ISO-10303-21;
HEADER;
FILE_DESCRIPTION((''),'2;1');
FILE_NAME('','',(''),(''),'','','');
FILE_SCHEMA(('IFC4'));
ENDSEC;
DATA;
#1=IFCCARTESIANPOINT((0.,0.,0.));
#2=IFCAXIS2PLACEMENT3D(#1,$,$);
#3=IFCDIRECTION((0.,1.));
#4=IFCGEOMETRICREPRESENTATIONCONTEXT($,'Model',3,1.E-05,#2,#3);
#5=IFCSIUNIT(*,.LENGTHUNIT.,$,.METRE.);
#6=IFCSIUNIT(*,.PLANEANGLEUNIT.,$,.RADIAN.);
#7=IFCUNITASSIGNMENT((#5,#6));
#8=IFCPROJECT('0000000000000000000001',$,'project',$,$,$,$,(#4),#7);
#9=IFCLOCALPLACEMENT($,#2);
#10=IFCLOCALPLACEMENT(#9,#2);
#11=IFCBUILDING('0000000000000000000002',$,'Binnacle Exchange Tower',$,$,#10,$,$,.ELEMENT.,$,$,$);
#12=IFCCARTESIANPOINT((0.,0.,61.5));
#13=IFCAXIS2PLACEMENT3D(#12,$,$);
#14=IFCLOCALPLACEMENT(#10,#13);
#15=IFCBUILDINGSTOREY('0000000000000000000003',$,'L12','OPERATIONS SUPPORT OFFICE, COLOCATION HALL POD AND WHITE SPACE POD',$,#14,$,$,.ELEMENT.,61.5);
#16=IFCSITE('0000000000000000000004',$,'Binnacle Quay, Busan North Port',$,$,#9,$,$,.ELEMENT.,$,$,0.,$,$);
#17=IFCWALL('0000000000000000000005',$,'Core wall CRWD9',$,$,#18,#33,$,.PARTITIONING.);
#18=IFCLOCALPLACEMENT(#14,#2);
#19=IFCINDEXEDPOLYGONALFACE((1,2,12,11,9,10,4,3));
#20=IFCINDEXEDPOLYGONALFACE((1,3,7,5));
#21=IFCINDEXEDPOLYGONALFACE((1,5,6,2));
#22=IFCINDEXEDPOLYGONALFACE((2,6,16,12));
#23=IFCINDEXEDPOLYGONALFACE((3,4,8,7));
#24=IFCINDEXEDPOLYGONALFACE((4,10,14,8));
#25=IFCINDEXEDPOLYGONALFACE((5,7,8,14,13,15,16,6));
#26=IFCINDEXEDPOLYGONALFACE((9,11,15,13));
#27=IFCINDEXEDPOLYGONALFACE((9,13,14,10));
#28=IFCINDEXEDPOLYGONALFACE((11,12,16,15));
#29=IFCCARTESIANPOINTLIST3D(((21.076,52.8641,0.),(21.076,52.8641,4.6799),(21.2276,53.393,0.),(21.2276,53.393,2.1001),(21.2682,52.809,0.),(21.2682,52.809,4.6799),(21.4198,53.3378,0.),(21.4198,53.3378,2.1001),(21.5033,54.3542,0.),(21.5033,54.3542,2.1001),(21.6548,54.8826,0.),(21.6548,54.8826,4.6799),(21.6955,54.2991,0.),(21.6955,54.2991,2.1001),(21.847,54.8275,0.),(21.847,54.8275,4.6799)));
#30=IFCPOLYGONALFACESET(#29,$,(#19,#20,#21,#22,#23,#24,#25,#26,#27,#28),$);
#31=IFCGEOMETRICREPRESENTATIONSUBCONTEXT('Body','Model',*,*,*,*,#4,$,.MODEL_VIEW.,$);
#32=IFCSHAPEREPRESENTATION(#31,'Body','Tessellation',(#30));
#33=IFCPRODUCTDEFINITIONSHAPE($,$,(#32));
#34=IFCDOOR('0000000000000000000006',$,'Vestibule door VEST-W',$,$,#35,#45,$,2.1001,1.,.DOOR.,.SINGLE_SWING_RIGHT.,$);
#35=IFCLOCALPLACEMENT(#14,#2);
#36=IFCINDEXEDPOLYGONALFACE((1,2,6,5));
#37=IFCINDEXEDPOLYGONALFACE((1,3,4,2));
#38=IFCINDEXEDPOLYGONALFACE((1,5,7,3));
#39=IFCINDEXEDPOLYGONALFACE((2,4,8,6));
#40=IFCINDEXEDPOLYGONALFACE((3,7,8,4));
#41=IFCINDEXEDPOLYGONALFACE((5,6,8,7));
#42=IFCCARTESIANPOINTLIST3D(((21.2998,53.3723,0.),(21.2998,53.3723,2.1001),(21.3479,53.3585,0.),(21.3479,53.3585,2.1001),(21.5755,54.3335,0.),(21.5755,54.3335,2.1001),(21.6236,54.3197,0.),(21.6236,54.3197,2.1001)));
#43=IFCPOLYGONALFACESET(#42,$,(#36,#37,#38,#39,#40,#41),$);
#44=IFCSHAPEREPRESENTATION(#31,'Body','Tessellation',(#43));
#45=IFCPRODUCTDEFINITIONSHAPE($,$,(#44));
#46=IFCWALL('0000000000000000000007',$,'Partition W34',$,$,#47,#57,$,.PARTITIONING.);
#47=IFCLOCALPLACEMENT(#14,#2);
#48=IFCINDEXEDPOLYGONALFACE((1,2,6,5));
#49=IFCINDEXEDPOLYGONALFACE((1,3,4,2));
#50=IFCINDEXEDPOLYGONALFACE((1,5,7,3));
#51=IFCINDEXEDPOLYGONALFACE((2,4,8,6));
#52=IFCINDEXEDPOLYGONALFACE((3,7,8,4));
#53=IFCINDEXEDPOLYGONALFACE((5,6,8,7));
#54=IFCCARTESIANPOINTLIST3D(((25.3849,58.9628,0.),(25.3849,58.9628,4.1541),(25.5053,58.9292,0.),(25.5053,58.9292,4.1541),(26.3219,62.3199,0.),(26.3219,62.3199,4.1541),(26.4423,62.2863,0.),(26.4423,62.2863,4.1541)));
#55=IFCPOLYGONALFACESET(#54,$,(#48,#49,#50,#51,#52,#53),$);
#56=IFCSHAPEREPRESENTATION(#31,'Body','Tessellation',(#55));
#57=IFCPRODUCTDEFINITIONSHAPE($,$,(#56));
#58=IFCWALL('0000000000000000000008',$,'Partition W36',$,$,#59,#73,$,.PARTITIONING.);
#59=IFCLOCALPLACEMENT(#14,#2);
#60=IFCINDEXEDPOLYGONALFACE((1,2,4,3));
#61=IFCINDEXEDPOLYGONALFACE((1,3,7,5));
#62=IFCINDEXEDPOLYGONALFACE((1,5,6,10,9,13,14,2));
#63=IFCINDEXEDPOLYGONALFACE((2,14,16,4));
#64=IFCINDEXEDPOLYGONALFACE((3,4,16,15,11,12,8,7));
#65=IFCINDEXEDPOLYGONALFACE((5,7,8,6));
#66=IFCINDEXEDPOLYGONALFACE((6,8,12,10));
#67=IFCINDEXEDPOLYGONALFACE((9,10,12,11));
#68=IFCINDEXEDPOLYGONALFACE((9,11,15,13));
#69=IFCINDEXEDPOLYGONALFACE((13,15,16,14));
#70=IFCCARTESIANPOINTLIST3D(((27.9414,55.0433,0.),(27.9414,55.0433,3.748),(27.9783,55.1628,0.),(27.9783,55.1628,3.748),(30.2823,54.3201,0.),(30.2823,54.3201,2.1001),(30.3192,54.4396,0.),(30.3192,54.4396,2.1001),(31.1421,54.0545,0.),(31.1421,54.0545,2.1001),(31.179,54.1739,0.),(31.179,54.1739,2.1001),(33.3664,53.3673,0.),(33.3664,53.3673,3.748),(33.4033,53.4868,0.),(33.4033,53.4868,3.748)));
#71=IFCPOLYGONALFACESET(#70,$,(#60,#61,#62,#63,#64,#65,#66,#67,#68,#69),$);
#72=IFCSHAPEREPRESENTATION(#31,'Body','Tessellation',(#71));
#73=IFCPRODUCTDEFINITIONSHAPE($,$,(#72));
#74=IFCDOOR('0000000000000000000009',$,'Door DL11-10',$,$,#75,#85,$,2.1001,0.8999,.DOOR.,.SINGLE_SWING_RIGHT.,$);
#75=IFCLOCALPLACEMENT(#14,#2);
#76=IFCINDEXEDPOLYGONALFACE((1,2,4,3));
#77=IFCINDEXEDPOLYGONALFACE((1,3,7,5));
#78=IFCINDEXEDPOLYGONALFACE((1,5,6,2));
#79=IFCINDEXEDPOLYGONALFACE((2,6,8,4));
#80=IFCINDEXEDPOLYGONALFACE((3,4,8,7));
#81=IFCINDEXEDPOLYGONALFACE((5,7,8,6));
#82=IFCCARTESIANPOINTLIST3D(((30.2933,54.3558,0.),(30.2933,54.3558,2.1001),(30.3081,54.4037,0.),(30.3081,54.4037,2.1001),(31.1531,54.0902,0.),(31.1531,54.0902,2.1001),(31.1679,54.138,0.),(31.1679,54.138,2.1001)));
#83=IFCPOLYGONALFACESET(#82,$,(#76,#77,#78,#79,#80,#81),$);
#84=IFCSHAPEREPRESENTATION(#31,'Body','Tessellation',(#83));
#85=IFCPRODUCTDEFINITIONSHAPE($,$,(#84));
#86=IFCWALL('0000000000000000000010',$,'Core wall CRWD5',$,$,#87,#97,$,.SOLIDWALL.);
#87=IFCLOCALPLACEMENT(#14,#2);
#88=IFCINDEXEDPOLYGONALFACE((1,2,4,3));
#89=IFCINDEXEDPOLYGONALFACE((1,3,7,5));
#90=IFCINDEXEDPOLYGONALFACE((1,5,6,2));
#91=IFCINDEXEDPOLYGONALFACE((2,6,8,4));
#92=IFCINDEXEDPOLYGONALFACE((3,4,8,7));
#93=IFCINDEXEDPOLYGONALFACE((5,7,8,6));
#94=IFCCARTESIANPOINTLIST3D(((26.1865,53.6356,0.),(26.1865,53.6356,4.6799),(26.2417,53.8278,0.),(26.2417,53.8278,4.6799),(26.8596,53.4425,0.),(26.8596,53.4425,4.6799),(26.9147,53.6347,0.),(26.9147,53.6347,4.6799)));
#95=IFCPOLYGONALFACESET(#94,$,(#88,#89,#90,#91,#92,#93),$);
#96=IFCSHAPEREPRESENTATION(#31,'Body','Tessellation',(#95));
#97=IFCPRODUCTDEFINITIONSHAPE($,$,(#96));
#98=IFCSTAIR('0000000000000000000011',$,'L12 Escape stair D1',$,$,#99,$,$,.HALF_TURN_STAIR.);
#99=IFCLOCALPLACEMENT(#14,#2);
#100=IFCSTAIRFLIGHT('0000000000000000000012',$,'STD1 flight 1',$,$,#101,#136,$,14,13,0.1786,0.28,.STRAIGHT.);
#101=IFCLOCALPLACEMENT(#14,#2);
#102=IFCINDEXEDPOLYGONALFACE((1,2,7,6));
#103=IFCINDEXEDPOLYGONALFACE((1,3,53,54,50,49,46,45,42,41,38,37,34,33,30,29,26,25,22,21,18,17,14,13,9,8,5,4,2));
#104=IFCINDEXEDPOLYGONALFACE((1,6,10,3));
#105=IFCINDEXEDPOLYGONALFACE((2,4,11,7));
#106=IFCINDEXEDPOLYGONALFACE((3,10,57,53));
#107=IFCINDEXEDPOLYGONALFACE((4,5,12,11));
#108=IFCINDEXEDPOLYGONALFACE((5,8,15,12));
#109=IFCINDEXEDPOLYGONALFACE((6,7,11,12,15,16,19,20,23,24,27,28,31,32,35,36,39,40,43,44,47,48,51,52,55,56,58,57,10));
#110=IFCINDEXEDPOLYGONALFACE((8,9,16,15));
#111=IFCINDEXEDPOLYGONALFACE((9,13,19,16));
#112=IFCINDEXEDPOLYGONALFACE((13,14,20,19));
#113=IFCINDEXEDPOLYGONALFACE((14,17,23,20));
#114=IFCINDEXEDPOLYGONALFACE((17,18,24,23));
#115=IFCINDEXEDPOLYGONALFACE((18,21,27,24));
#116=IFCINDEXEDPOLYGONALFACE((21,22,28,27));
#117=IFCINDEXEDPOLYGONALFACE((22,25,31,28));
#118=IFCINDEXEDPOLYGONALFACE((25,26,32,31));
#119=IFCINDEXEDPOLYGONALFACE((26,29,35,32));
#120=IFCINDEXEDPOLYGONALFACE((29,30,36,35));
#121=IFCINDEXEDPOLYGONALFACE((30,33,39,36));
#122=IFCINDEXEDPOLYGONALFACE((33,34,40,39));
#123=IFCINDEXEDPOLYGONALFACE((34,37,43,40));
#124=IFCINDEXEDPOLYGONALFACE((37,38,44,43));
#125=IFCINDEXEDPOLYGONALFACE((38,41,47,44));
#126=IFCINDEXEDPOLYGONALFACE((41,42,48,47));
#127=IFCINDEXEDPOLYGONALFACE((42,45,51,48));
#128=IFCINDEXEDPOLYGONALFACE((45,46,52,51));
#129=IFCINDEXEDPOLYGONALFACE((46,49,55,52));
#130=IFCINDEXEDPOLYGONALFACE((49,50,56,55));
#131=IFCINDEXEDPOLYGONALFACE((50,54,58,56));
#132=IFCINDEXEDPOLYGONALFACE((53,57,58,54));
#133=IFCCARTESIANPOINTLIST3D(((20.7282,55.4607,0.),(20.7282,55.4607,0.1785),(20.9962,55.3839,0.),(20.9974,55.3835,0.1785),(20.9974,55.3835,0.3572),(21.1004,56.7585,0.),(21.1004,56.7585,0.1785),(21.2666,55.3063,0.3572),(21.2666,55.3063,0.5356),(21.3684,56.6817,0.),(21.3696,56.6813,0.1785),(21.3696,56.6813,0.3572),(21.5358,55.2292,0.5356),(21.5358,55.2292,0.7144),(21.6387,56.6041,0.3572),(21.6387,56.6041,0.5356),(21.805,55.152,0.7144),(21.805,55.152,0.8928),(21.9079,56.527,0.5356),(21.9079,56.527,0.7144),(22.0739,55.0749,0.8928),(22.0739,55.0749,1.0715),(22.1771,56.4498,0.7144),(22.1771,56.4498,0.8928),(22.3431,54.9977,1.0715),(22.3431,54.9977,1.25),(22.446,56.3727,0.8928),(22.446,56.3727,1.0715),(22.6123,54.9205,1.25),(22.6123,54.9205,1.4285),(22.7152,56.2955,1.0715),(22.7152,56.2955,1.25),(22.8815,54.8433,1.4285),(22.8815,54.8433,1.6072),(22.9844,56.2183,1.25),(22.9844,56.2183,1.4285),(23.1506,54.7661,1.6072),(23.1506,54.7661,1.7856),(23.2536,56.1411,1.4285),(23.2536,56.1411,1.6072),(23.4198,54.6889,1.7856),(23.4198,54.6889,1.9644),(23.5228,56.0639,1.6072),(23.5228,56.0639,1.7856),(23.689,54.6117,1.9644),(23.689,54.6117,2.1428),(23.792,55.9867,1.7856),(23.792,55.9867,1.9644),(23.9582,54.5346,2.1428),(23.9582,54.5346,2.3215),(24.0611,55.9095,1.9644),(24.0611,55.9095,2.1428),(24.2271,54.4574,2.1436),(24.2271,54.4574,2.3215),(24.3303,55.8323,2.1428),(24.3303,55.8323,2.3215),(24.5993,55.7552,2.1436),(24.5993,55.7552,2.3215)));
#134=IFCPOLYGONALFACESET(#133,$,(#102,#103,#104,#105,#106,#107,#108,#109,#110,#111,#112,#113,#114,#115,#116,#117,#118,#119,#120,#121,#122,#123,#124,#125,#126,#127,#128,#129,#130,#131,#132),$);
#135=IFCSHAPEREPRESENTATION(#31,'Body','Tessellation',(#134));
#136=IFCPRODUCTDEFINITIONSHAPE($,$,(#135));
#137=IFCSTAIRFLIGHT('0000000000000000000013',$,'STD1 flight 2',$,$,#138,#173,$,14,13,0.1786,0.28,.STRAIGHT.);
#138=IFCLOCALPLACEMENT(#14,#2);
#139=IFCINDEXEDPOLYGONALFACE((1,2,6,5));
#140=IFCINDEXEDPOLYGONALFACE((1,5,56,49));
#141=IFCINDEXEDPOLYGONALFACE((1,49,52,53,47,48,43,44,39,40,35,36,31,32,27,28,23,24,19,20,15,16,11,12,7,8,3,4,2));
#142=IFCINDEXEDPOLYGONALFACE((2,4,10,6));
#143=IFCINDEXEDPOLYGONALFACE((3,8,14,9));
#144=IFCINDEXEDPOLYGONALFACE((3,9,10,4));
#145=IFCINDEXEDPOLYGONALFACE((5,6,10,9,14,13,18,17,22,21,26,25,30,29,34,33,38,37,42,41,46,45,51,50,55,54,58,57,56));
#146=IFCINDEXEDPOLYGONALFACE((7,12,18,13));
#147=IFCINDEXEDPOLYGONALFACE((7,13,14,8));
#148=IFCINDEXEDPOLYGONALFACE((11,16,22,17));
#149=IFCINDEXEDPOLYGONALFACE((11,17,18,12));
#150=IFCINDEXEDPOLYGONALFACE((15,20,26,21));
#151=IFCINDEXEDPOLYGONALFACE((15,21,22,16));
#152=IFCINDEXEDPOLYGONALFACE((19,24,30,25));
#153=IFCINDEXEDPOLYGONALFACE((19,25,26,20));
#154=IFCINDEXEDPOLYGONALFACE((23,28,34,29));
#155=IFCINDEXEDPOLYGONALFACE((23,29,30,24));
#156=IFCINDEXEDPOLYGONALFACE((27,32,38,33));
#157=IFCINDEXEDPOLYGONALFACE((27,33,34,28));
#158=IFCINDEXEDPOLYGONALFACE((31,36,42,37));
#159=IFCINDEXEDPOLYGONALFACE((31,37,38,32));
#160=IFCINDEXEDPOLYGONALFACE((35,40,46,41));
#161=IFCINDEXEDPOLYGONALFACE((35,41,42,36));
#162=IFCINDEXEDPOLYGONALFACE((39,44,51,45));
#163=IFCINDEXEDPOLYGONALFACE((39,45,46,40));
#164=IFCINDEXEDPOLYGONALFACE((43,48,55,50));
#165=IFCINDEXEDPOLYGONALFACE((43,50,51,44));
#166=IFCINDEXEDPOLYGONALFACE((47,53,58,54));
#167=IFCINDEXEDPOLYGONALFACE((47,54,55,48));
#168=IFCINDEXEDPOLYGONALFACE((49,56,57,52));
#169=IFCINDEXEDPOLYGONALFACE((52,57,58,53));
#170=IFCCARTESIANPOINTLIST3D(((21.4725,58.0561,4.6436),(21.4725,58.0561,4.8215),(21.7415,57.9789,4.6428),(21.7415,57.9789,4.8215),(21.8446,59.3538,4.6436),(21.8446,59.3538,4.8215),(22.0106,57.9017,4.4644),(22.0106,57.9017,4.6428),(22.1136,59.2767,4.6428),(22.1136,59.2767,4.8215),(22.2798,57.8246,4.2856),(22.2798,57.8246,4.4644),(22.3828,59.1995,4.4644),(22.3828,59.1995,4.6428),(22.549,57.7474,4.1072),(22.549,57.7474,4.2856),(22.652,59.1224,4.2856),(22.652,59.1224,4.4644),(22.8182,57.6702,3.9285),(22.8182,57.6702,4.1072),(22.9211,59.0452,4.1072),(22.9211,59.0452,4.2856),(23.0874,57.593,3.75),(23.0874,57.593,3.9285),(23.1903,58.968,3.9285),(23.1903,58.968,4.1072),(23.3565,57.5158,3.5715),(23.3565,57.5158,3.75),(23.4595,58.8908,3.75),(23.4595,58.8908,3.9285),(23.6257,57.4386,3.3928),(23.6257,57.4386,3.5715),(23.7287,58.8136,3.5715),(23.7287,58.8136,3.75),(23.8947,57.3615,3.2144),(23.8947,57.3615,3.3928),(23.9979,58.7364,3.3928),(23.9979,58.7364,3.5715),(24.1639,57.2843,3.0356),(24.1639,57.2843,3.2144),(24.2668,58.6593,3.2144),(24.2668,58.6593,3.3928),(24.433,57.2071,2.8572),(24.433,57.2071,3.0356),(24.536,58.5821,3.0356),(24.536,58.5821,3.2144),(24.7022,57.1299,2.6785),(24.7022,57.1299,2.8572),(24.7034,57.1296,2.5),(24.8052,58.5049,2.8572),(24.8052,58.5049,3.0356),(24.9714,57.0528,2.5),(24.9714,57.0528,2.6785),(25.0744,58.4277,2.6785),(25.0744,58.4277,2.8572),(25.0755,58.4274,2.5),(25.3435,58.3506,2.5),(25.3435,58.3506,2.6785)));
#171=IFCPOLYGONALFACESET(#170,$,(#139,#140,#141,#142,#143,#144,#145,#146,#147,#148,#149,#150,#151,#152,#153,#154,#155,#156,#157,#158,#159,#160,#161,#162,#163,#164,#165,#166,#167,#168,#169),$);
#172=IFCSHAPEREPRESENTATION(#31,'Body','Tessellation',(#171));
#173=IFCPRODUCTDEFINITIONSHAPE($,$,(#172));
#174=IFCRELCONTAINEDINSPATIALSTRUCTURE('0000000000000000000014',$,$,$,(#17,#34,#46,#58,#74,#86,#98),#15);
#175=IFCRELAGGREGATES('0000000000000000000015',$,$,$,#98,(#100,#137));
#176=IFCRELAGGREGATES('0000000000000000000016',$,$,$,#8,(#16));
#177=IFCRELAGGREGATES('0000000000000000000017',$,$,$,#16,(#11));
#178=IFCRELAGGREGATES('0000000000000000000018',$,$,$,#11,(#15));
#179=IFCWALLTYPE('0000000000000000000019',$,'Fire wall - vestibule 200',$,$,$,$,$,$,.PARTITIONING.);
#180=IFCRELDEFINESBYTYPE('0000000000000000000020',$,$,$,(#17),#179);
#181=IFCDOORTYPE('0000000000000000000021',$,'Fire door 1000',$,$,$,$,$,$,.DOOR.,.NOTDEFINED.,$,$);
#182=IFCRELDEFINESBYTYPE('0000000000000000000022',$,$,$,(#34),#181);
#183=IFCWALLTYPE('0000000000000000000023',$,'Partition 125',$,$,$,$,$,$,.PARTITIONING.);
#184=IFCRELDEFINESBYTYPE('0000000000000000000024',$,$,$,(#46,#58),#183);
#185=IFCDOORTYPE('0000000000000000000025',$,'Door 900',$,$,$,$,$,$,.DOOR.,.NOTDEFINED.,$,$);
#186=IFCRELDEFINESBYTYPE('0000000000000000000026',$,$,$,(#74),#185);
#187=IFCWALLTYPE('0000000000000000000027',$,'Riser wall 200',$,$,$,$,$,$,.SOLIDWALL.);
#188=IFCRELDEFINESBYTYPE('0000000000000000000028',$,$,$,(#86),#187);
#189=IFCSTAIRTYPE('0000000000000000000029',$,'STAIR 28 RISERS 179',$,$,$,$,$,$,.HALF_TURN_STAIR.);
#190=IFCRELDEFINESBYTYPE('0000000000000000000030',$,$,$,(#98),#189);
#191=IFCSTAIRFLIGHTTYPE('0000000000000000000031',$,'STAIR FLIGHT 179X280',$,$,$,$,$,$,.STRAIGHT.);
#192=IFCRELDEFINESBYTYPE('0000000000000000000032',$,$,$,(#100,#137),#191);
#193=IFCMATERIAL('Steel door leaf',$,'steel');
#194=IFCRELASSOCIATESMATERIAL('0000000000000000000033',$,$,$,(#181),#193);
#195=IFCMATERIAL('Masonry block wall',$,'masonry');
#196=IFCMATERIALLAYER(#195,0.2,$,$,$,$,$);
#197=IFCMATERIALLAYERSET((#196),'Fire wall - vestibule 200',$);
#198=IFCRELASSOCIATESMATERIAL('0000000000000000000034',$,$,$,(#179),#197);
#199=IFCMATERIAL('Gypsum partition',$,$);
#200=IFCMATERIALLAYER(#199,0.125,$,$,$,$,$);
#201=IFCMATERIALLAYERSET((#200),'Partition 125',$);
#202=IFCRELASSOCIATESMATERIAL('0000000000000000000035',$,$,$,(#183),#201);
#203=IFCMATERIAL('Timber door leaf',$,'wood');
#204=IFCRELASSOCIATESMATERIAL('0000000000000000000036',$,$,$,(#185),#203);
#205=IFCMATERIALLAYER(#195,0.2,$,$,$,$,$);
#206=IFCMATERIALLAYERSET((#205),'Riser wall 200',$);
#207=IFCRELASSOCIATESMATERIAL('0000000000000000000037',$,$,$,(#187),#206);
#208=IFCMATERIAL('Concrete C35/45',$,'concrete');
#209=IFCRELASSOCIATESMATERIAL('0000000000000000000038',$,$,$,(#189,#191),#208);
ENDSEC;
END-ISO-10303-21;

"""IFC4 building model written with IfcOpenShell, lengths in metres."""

from ifc_helpers import new_model, si_unit, direction, frame, frame_2d, origin, place, context, subcontext, project, spatial, polyline, rectangle, outline, extrude, material, layer, layer_set, type_object, element, fill, aggregate, save


model = new_model("IFC4")

# Units and contexts
model_context = context("Model", 3, precision=1e-05, world=origin(), true_north=direction((0.0, 1.0)))
body_context = subcontext(model_context, "Body", "Model", "MODEL_VIEW")
ifc_project = project(units=[si_unit("LENGTHUNIT", "METRE"), si_unit("PLANEANGLEUNIT", "RADIAN")], contexts=[model_context])

# Site, building, storey
site_placement = place(None, origin())
site = spatial("IfcSite", under=ifc_project, at=site_placement, Name="Binnacle Quay, Busan North Port", CompositionType="ELEMENT", RefElevation=0.0)
building_placement = place(site_placement, origin())
building = spatial("IfcBuilding", under=site, at=building_placement, Name="Binnacle Exchange Tower", CompositionType="ELEMENT")
storey_placement = place(building_placement, frame((0.0, 0.0, 61.5)))
storey = spatial("IfcBuildingStorey", under=building, at=storey_placement, Name="L12", Description="OPERATIONS SUPPORT OFFICE, COLOCATION HALL POD AND WHITE SPACE POD", CompositionType="ELEMENT", Elevation=61.5)

# Shared definitions
ifc_material_1 = material(Name="Steel door leaf", Category="steel")
door_type_1 = type_object("IfcDoorType", Name="Fire door 1000", OperationType="NOTDEFINED", PredefinedType="DOOR", material=ifc_material_1)

# Wall, opening, door
ifc_material_2 = material(Name="Masonry block wall", Category="masonry")
ifc_layer_1 = layer(ifc_material_2, 0.2)
ifc_layer_set_1 = layer_set([ifc_layer_1], Name="Fire wall - vestibule 200")
wall_type_1 = type_object("IfcWallType", Name="Fire wall - vestibule 200", PredefinedType="PARTITIONING", material=ifc_layer_set_1)
wall_1_placement = place(storey_placement, frame((21.1721, 52.8367, 0.0), z_axis=(0.0, 0.0, 1.0), x_axis=(0.275658, 0.961256, 0.0)))
wall_1 = element("IfcWall", 1, at=wall_1_placement, inside=storey, type_object=wall_type_1, Name="Core wall CRWD9", PredefinedType="PARTITIONING", context=body_context, shape_type="SweptSolid", body=[
    extrude(rectangle(XDim=2.0999, YDim=0.2, at=frame_2d((1.0498, 0.0))), origin(), (0.0, 0.0, 1.0), 4.6799),
])
opening_1_placement = place(wall_1_placement, frame((0.55, 0.0, 0.0)))
opening_1 = element("IfcOpeningElement", 2, at=opening_1_placement, cuts=wall_1, PredefinedType="OPENING", context=body_context, shape_type="SweptSolid", body=[
    extrude(rectangle(XDim=1.0, YDim=2.1001, at=frame_2d((0.5, 1.05))), frame((0.0, 0.1099, 0.0), z_axis=(0.0, -1.0, 0.0), x_axis=(1.0, 0.0, 0.0)), (0.0, 0.0, 1.0), 0.22),
])
door_1_placement = place(opening_1_placement, origin())
door_1 = element("IfcDoor", 3, at=door_1_placement, inside=storey, type_object=door_type_1, Name="Vestibule door VEST-W", OperationType="SINGLE_SWING_RIGHT", OverallHeight=2.1001, OverallWidth=1.0, PredefinedType="DOOR", context=body_context, shape_type="SweptSolid", body=[
    extrude(rectangle(XDim=1.0, YDim=2.1001, at=frame_2d((0.5, 1.05))), frame((0.0, 0.0249, 0.0), z_axis=(0.0, -1.0, 0.0), x_axis=(1.0, 0.0, 0.0)), (0.0, 0.0, 1.0), 0.05),
])
fill(opening_1, door_1)

# Wall
ifc_material_3 = material(Name="Gypsum partition")
ifc_layer_2 = layer(ifc_material_3, 0.125)
ifc_layer_set_2 = layer_set([ifc_layer_2], Name="Partition 125")
wall_type_2 = type_object("IfcWallType", Name="Partition 125", PredefinedType="PARTITIONING", material=ifc_layer_set_2)
wall_2_placement = place(storey_placement, frame((25.4451, 58.946, 0.0), z_axis=(0.0, 0.0, 1.0), x_axis=(0.26885, 0.963182, 0.0)))
element("IfcWall", 4, at=wall_2_placement, inside=storey, type_object=wall_type_2, Name="Partition W34", PredefinedType="PARTITIONING", context=body_context, shape_type="SweptSolid", body=[
    extrude(rectangle(XDim=3.4854, YDim=0.125, at=frame_2d((1.7427, 0.0))), origin(), (0.0, 0.0, 1.0), 4.1541),
])

# Wall, opening, door
wall_3_placement = place(storey_placement, frame((27.96, 55.103, 0.0), z_axis=(0.0, 0.0, 1.0), x_axis=(0.955443, -0.295176, 0.0)))
wall_3 = element("IfcWall", 5, at=wall_3_placement, inside=storey, type_object=wall_type_2, Name="Partition W36", PredefinedType="PARTITIONING", context=body_context, shape_type="SweptSolid", body=[
    extrude(rectangle(XDim=5.678, YDim=0.125, at=frame_2d((2.8389, 0.0))), origin(), (0.0, 0.0, 1.0), 3.748),
])
opening_2_placement = place(wall_3_placement, frame((2.45, 0.0, 0.0)))
opening_2 = element("IfcOpeningElement", 6, at=opening_2_placement, cuts=wall_3, PredefinedType="OPENING", context=body_context, shape_type="SweptSolid", body=[
    extrude(rectangle(XDim=0.8999, YDim=2.1001, at=frame_2d((0.45, 1.05))), frame((0.0, 0.0725, 0.0), z_axis=(0.0, -1.0, 0.0), x_axis=(1.0, 0.0, 0.0)), (0.0, 0.0, 1.0), 0.145),
])
ifc_material_4 = material(Name="Timber door leaf", Category="wood")
door_type_2 = type_object("IfcDoorType", Name="Door 900", OperationType="NOTDEFINED", PredefinedType="DOOR", material=ifc_material_4)
door_2_placement = place(opening_2_placement, origin())
door_2 = element("IfcDoor", 7, at=door_2_placement, inside=storey, type_object=door_type_2, Name="Door DL11-10", OperationType="SINGLE_SWING_RIGHT", OverallHeight=2.1001, OverallWidth=0.8999, PredefinedType="DOOR", context=body_context, shape_type="SweptSolid", body=[
    extrude(rectangle(XDim=0.8999, YDim=2.1001, at=frame_2d((0.45, 1.05))), frame((0.0, 0.0249, 0.0), z_axis=(0.0, -1.0, 0.0), x_axis=(1.0, 0.0, 0.0)), (0.0, 0.0, 1.0), 0.05),
])
fill(opening_2, door_2)

# Wall
ifc_layer_3 = layer(ifc_material_2, 0.2)
ifc_layer_set_3 = layer_set([ifc_layer_3], Name="Riser wall 200")
wall_type_3 = type_object("IfcWallType", Name="Riser wall 200", PredefinedType="SOLIDWALL", material=ifc_layer_set_3)
wall_4_placement = place(storey_placement, frame((26.2141, 53.7317, 0.0), z_axis=(0.0, 0.0, 1.0), x_axis=(0.961221, -0.27578, 0.0)))
element("IfcWall", 8, at=wall_4_placement, inside=storey, type_object=wall_type_3, Name="Core wall CRWD5", PredefinedType="SOLIDWALL", context=body_context, shape_type="SweptSolid", body=[
    extrude(rectangle(XDim=0.7002, YDim=0.2, at=frame_2d((0.3501, 0.0))), origin(), (0.0, 0.0, 1.0), 4.6799),
])

# Stair, stair flights
ifc_material_5 = material(Name="Concrete C35/45", Category="concrete")
stair_type = type_object("IfcStairType", Name="STAIR 28 RISERS 179", PredefinedType="HALF_TURN_STAIR", material=ifc_material_5)
stair_placement = place(storey_placement, origin())
stair = element("IfcStair", 9, at=stair_placement, inside=storey, type_object=stair_type, Name="L12 Escape stair D1", PredefinedType="HALF_TURN_STAIR")
stair_flight_type = type_object("IfcStairFlightType", Name="STAIR FLIGHT 179X280", PredefinedType="STRAIGHT", material=ifc_material_5)
stair_flight_1_placement = place(storey_placement, frame((20.9143, 56.1096, 0.0), z_axis=(0.0, 0.0, 1.0), x_axis=(0.961262, -0.275637, 0.0)))
stair_flight_1 = element("IfcStairFlight", 10, at=stair_flight_1_placement, type_object=stair_flight_type, Name="STD1 flight 1", NumberOfRisers=14, NumberOfTreads=13, PredefinedType="STRAIGHT", RiserHeight=0.1786, TreadLength=0.28, context=body_context, shape_type="SweptSolid", body=[
    extrude(outline(polyline([(0.0, 0.0), (0.0, 0.1785), (0.28, 0.1785), (0.28, 0.3572), (0.5601, 0.3572), (0.5601, 0.5356), (0.8401, 0.5356), (0.8401, 0.7144), (1.1201, 0.7144), (1.1201, 0.8928), (1.3999, 0.8928), (1.3999, 1.0715), (1.6799, 1.0715), (1.6799, 1.25), (1.96, 1.25), (1.96, 1.4285), (2.24, 1.4285), (2.24, 1.6072), (2.52, 1.6072), (2.52, 1.7856), (2.8, 1.7856), (2.8, 1.9644), (3.0801, 1.9644), (3.0801, 2.1428), (3.3601, 2.1428), (3.3601, 2.3215), (3.6399, 2.3215), (3.6399, 2.5), (3.6399, 2.1436), (0.2788, 0.0), (0.0, 0.0)])), frame((0.0, 0.675, 0.0), z_axis=(0.0, -1.0, 0.0), x_axis=(1.0, 0.0, 0.0)), (0.0, 0.0, 1.0), 1.3501),
])
stair_flight_2_placement = place(storey_placement, frame((25.1575, 57.7017, 2.5), z_axis=(0.0, 0.0, 1.0), x_axis=(-0.961262, 0.275637, 0.0)))
stair_flight_2 = element("IfcStairFlight", 11, at=stair_flight_2_placement, type_object=stair_flight_type, Name="STD1 flight 2", NumberOfRisers=14, NumberOfTreads=13, PredefinedType="STRAIGHT", RiserHeight=0.1786, TreadLength=0.28, context=body_context, shape_type="SweptSolid", body=[
    extrude(outline(polyline([(0.0, 0.0), (0.0, 0.1785), (0.28, 0.1785), (0.28, 0.3572), (0.5601, 0.3572), (0.5601, 0.5356), (0.8401, 0.5356), (0.8401, 0.7144), (1.1201, 0.7144), (1.1201, 0.8928), (1.3999, 0.8928), (1.3999, 1.0715), (1.6799, 1.0715), (1.6799, 1.25), (1.96, 1.25), (1.96, 1.4285), (2.24, 1.4285), (2.24, 1.6072), (2.52, 1.6072), (2.52, 1.7856), (2.8, 1.7856), (2.8, 1.9644), (3.0801, 1.9644), (3.0801, 2.1428), (3.3601, 2.1428), (3.3601, 2.3215), (3.6399, 2.3215), (3.6399, 2.5), (3.6399, 2.1436), (0.2788, 0.0), (0.0, 0.0)])), frame((0.0, 0.675, 0.0), z_axis=(0.0, -1.0, 0.0), x_axis=(1.0, 0.0, 0.0)), (0.0, 0.0, 1.0), 1.3501),
])
aggregate(stair, [stair_flight_1, stair_flight_2])

save(model, "model.ifc")
